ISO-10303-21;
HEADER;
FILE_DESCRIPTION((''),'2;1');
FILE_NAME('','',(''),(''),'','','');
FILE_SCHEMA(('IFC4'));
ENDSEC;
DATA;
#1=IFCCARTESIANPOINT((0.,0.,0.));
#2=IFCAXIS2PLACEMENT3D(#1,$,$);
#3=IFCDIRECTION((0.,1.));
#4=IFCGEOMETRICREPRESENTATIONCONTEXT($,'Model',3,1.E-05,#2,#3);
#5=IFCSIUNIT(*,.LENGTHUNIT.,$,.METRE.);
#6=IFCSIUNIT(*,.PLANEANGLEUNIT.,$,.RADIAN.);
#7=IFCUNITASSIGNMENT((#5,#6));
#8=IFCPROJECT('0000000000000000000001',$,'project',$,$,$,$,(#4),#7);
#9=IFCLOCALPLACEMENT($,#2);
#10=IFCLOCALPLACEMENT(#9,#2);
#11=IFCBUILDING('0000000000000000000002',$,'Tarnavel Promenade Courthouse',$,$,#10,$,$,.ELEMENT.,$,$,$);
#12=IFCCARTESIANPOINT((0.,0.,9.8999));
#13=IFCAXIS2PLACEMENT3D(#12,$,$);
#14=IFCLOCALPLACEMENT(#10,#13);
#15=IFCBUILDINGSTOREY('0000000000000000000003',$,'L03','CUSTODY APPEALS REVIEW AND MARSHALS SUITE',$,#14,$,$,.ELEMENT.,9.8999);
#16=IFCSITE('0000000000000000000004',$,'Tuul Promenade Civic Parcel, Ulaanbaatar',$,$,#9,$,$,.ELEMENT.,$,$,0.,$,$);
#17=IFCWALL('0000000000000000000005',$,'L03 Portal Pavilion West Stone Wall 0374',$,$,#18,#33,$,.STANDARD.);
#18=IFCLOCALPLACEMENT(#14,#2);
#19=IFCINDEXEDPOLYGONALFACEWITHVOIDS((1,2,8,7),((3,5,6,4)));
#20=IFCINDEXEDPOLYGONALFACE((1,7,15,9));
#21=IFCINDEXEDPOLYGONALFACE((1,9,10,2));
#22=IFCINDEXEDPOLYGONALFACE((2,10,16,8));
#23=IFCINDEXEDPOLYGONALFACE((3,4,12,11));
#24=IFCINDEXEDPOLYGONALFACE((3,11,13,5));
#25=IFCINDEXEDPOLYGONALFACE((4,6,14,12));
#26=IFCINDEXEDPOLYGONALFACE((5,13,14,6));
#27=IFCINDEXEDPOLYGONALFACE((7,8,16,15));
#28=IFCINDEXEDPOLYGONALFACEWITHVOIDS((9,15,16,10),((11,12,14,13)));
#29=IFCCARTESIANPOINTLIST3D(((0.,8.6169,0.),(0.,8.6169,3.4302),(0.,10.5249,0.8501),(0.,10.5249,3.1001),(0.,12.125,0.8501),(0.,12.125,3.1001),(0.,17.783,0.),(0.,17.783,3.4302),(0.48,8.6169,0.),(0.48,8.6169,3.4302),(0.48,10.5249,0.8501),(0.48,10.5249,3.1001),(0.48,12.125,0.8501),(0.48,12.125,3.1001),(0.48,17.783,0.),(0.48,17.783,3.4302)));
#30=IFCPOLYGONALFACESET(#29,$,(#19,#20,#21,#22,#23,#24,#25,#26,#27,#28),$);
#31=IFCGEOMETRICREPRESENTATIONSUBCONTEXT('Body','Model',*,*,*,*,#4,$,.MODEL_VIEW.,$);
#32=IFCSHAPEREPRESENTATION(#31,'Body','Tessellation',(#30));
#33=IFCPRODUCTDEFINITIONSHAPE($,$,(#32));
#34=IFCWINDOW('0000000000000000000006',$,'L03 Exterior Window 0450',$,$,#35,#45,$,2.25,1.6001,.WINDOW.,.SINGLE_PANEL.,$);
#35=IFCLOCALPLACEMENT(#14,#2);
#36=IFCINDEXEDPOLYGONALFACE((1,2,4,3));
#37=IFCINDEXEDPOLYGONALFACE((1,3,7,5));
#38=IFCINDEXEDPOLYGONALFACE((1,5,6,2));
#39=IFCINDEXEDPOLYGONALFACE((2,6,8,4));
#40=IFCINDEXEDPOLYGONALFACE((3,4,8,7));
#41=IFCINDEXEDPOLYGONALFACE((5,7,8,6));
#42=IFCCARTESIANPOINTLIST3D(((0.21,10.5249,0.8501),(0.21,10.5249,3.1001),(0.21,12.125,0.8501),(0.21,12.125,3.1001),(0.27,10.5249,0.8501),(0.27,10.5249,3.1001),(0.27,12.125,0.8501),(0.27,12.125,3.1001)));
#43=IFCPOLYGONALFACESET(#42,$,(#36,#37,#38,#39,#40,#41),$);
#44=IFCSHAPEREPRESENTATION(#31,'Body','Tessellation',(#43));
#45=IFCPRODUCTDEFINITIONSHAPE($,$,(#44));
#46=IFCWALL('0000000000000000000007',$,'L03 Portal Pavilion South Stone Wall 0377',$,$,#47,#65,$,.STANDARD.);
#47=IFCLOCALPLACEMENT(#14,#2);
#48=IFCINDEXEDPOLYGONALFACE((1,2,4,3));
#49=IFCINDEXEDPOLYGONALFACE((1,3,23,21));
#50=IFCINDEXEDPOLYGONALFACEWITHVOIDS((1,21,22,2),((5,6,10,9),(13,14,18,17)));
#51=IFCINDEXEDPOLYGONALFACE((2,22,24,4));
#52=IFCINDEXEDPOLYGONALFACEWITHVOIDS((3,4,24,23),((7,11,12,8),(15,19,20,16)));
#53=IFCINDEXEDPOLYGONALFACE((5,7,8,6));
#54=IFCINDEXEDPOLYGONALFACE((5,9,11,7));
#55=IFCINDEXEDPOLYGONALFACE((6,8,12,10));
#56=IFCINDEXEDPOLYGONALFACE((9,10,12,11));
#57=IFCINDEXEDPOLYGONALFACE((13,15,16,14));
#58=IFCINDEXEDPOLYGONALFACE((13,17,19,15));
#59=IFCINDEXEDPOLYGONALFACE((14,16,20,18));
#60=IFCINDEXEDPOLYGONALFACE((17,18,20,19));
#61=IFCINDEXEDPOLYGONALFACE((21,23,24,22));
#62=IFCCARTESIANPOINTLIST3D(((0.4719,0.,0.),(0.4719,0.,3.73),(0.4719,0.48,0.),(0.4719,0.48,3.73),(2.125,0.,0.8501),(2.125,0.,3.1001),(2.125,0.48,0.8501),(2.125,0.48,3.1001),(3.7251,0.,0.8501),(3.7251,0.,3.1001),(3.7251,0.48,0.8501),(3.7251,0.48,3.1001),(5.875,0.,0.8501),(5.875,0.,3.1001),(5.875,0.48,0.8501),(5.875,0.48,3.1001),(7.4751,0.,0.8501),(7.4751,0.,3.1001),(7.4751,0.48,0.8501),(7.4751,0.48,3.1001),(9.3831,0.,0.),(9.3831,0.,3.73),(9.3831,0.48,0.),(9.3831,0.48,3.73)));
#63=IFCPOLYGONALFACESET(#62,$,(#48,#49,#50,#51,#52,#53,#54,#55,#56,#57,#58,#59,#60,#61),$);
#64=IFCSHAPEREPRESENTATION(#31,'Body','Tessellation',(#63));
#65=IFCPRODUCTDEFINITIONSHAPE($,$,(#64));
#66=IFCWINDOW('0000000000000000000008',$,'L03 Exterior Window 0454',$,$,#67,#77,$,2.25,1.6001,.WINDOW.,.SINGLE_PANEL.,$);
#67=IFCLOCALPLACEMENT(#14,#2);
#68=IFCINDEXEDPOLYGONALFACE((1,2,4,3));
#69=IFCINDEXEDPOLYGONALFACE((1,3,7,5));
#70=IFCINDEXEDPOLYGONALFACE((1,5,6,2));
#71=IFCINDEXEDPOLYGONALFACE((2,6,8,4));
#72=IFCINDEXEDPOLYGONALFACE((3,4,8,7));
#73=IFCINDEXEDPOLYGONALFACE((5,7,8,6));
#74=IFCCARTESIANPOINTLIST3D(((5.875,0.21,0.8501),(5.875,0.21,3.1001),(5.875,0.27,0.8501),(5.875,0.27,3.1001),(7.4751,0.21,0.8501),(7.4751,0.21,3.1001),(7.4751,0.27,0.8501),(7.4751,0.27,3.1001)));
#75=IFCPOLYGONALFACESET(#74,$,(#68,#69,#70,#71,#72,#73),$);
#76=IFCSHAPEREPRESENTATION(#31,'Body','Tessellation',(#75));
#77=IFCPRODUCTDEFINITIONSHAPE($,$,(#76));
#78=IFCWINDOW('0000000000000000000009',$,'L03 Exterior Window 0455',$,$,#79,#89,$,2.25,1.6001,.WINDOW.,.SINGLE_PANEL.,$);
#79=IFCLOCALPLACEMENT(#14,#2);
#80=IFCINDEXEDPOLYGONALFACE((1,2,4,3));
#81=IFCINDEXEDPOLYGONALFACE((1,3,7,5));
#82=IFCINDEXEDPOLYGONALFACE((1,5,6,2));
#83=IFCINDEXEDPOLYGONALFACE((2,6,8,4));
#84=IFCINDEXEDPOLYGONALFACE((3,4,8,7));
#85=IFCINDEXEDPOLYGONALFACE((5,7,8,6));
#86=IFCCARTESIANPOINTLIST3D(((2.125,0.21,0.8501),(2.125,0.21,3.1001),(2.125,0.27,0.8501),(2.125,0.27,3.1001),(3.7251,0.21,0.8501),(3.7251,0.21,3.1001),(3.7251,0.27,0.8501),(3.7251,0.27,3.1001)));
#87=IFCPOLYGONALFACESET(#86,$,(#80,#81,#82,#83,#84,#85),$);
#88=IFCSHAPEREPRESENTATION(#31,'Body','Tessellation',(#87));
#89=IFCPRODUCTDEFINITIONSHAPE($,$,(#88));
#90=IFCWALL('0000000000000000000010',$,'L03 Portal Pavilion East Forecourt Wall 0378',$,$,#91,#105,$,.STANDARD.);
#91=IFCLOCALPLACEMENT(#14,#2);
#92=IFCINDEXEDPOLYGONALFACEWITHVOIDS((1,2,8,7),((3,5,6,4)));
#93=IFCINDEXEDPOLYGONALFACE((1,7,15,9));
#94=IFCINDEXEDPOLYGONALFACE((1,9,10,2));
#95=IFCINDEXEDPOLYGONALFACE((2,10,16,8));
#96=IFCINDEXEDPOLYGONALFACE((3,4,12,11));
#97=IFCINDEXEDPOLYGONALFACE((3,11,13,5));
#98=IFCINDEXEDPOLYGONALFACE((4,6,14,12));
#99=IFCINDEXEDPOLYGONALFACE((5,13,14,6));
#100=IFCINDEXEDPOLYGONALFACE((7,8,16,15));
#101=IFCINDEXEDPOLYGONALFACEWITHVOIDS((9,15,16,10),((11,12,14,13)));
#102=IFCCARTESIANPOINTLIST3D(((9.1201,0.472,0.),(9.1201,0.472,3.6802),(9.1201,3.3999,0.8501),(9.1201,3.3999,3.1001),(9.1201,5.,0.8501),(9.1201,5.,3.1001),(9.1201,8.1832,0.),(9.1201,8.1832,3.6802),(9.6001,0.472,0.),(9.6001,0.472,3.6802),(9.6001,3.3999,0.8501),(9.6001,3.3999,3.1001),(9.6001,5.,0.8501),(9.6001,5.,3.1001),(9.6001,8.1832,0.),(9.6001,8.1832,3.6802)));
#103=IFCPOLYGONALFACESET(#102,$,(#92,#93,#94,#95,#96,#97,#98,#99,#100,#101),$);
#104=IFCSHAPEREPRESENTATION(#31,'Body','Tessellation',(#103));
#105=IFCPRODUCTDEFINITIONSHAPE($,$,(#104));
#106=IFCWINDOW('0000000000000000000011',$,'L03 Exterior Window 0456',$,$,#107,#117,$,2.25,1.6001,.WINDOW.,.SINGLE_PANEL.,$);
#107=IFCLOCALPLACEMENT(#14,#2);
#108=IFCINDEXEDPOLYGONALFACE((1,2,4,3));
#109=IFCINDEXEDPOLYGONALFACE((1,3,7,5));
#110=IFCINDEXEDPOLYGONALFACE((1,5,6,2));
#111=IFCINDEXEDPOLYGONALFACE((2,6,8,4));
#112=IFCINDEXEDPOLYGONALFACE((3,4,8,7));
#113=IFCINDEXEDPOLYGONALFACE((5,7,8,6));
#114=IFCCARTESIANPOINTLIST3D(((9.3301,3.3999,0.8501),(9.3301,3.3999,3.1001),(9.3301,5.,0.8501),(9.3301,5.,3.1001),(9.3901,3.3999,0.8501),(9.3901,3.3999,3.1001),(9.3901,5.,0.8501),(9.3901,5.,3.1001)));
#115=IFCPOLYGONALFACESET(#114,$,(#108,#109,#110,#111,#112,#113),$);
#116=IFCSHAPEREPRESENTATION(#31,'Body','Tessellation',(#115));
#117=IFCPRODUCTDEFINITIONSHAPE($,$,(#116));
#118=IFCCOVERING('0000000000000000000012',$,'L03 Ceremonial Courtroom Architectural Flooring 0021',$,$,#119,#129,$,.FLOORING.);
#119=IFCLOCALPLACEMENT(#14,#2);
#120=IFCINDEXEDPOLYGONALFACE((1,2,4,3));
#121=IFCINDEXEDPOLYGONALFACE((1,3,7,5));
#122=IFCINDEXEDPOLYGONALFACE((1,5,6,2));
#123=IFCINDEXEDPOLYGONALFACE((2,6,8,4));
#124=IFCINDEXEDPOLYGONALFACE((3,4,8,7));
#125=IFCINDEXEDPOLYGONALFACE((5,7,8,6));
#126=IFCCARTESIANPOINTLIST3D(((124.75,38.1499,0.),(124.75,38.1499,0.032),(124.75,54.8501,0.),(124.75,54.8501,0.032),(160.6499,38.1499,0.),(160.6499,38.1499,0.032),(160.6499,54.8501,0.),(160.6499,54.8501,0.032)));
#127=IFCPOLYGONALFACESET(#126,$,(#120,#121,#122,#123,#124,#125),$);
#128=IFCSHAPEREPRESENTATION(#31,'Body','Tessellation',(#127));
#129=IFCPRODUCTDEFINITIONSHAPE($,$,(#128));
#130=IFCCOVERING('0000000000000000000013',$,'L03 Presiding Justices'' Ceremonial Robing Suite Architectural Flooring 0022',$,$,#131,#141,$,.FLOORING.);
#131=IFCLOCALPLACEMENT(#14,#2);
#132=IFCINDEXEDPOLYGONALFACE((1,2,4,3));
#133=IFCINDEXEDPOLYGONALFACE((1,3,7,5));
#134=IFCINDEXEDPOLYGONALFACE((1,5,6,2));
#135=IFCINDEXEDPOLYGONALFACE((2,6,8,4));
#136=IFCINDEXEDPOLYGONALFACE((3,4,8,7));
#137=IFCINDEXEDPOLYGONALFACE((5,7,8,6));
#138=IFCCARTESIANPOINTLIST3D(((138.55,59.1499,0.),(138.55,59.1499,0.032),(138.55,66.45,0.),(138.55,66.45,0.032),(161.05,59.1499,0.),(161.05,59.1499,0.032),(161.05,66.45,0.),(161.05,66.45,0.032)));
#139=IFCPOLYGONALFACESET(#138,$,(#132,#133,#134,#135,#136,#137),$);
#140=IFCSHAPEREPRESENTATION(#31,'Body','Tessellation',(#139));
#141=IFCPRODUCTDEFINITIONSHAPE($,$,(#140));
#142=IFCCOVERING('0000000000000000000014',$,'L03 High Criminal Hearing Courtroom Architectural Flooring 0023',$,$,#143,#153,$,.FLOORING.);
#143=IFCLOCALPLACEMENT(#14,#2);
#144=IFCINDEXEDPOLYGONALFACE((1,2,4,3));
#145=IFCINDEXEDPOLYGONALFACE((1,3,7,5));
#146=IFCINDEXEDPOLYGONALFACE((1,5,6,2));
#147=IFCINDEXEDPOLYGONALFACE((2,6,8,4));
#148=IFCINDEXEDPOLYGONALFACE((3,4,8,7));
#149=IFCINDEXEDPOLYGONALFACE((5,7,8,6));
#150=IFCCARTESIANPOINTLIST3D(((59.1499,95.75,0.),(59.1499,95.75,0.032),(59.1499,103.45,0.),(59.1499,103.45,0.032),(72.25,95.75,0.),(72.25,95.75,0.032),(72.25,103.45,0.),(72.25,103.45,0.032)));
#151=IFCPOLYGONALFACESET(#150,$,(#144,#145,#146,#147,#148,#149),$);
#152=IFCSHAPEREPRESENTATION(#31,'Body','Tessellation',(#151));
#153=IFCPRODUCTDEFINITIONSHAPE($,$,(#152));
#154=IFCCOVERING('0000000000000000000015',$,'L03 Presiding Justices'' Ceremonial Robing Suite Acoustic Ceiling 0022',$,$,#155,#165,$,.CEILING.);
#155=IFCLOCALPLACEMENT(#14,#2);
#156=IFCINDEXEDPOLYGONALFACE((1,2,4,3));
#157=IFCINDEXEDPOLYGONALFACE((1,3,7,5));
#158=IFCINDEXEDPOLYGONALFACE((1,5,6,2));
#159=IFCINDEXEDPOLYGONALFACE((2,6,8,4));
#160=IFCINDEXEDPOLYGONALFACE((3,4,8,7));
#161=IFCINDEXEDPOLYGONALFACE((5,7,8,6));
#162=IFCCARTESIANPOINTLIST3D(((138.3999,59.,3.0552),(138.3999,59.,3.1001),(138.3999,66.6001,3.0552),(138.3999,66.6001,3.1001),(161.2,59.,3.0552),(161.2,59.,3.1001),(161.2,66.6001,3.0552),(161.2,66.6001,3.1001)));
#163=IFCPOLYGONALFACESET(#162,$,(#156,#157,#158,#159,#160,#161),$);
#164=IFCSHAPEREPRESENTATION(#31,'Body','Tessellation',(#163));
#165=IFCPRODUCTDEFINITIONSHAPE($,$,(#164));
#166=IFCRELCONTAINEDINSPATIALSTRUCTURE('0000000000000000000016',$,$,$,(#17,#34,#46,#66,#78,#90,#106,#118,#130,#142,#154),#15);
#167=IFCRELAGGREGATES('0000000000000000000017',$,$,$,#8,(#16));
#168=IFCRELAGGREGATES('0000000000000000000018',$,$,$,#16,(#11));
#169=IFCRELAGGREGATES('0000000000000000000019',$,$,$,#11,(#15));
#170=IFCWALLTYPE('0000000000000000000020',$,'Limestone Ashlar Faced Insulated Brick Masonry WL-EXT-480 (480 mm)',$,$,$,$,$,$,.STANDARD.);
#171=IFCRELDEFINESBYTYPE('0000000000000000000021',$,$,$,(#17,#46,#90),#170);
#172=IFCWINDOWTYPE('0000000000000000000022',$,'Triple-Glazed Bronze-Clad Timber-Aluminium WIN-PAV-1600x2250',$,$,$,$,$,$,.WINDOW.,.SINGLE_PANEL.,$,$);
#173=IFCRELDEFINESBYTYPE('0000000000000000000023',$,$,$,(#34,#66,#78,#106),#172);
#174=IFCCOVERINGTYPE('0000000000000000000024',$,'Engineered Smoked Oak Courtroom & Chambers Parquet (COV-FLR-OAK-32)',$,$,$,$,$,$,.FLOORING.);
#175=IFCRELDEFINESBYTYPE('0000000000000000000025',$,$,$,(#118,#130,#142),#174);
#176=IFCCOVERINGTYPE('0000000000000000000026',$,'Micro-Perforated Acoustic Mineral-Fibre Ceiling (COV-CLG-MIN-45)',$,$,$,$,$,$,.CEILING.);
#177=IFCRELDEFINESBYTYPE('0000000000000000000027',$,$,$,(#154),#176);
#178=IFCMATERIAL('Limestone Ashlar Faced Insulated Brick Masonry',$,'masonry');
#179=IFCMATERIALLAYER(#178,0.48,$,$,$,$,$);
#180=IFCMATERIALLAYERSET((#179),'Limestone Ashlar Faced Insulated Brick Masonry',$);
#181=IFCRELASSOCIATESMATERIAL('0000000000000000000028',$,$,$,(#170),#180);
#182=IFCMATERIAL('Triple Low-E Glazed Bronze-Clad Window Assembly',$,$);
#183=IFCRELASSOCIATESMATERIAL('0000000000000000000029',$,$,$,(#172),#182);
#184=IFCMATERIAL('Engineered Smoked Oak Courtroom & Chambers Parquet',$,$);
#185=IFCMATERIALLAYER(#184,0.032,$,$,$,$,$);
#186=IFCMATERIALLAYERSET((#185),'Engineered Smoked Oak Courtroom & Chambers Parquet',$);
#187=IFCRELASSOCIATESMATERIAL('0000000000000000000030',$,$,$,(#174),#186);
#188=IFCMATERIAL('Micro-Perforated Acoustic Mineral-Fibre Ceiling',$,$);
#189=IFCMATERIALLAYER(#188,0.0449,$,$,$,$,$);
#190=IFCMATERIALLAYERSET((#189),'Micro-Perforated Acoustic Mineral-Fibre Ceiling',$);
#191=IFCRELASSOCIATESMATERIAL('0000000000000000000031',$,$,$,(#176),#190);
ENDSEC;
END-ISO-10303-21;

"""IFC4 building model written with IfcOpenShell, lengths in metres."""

from ifc_helpers import new_model, si_unit, direction, frame, frame_2d, origin, place, context, subcontext, project, spatial, polyline, rectangle, outline, extrude, material, layer, layer_set, type_object, element, fill, save


model = new_model("IFC4")

# Units and contexts
model_context = context("Model", 3, precision=1e-05, world=origin(), true_north=direction((0.0, 1.0)))
body_context = subcontext(model_context, "Body", "Model", "MODEL_VIEW")
ifc_project = project(units=[si_unit("LENGTHUNIT", "METRE"), si_unit("PLANEANGLEUNIT", "RADIAN")], contexts=[model_context])

# Site, building, storey
site_placement = place(None, origin())
site = spatial("IfcSite", under=ifc_project, at=site_placement, Name="Tuul Promenade Civic Parcel, Ulaanbaatar", CompositionType="ELEMENT", RefElevation=0.0)
building_placement = place(site_placement, origin())
building = spatial("IfcBuilding", under=site, at=building_placement, Name="Tarnavel Promenade Courthouse", CompositionType="ELEMENT")
storey_placement = place(building_placement, frame((0.0, 0.0, 9.8999)))
storey = spatial("IfcBuildingStorey", under=building, at=storey_placement, Name="L03", Description="CUSTODY APPEALS REVIEW AND MARSHALS SUITE", CompositionType="ELEMENT", Elevation=9.8999)

# Shared definitions
ifc_material_1 = material(Name="Limestone Ashlar Faced Insulated Brick Masonry", Category="masonry")
ifc_layer_1 = layer(ifc_material_1, 0.48)
ifc_layer_set_1 = layer_set([ifc_layer_1], Name="Limestone Ashlar Faced Insulated Brick Masonry")
wall_type = type_object("IfcWallType", Name="Limestone Ashlar Faced Insulated Brick Masonry WL-EXT-480 (480 mm)", PredefinedType="STANDARD", material=ifc_layer_set_1)
ifc_material_2 = material(Name="Triple Low-E Glazed Bronze-Clad Window Assembly")
window_type = type_object("IfcWindowType", Name="Triple-Glazed Bronze-Clad Timber-Aluminium WIN-PAV-1600x2250", PartitioningType="SINGLE_PANEL", PredefinedType="WINDOW", material=ifc_material_2)

# Wall, opening, window
wall_1_placement = place(storey_placement, frame((0.24, 8.6169, 0.0), z_axis=(0.0, 0.0, 1.0), x_axis=(0.0, 1.0, 0.0)))
wall_1 = element("IfcWall", 1, at=wall_1_placement, inside=storey, type_object=wall_type, Name="L03 Portal Pavilion West Stone Wall 0374", PredefinedType="STANDARD", context=body_context, shape_type="SweptSolid", body=[
    extrude(rectangle(XDim=9.166, YDim=0.48, at=frame_2d((4.583, 0.0))), origin(), (0.0, 0.0, 1.0), 3.4302),
])
opening_1_placement = place(wall_1_placement, frame((1.908, 0.0, 0.8501)))
opening_1 = element("IfcOpeningElement", 2, at=opening_1_placement, cuts=wall_1, PredefinedType="OPENING", context=body_context, shape_type="SweptSolid", body=[
    extrude(rectangle(XDim=1.6001, YDim=2.25, at=frame_2d((0.8, 1.125))), frame((0.0, 0.25, 0.0), z_axis=(0.0, -1.0, 0.0), x_axis=(1.0, 0.0, 0.0)), (0.0, 0.0, 1.0), 0.5),
])
window_1_placement = place(opening_1_placement, origin())
window_1 = element("IfcWindow", 3, at=window_1_placement, inside=storey, type_object=window_type, Name="L03 Exterior Window 0450", OverallHeight=2.25, OverallWidth=1.6001, PartitioningType="SINGLE_PANEL", PredefinedType="WINDOW", context=body_context, shape_type="SweptSolid", body=[
    extrude(rectangle(XDim=1.6001, YDim=2.25, at=frame_2d((0.8, 1.125))), frame((0.0, 0.03, 0.0), z_axis=(0.0, -1.0, 0.0), x_axis=(1.0, 0.0, 0.0)), (0.0, 0.0, 1.0), 0.0601),
])
fill(opening_1, window_1)

# Wall, openings, windows
wall_2_placement = place(storey_placement, frame((9.3831, 0.24, 0.0), z_axis=(0.0, 0.0, 1.0), x_axis=(-1.0, 0.0, 0.0)))
wall_2 = element("IfcWall", 4, at=wall_2_placement, inside=storey, type_object=wall_type, Name="L03 Portal Pavilion South Stone Wall 0377", PredefinedType="STANDARD", context=body_context, shape_type="SweptSolid", body=[
    extrude(rectangle(XDim=8.9111, YDim=0.48, at=frame_2d((4.4556, 0.0))), origin(), (0.0, 0.0, 1.0), 3.73),
])
opening_2_placement = place(wall_2_placement, frame((1.908, 0.0, 0.8501)))
opening_2 = element("IfcOpeningElement", 5, at=opening_2_placement, cuts=wall_2, PredefinedType="OPENING", context=body_context, shape_type="SweptSolid", body=[
    extrude(rectangle(XDim=1.6001, YDim=2.25, at=frame_2d((0.8, 1.125))), frame((0.0, 0.25, 0.0), z_axis=(0.0, -1.0, 0.0), x_axis=(1.0, 0.0, 0.0)), (0.0, 0.0, 1.0), 0.5),
])
opening_3_placement = place(wall_2_placement, frame((5.658, 0.0, 0.8501)))
opening_3 = element("IfcOpeningElement", 6, at=opening_3_placement, cuts=wall_2, PredefinedType="OPENING", context=body_context, shape_type="SweptSolid", body=[
    extrude(rectangle(XDim=1.6001, YDim=2.25, at=frame_2d((0.8, 1.125))), frame((0.0, 0.25, 0.0), z_axis=(0.0, -1.0, 0.0), x_axis=(1.0, 0.0, 0.0)), (0.0, 0.0, 1.0), 0.5),
])
window_2_placement = place(opening_2_placement, origin())
window_2 = element("IfcWindow", 7, at=window_2_placement, inside=storey, type_object=window_type, Name="L03 Exterior Window 0454", OverallHeight=2.25, OverallWidth=1.6001, PartitioningType="SINGLE_PANEL", PredefinedType="WINDOW", context=body_context, shape_type="SweptSolid", body=[
    extrude(rectangle(XDim=1.6001, YDim=2.25, at=frame_2d((0.8, 1.125))), frame((0.0, 0.03, 0.0), z_axis=(0.0, -1.0, 0.0), x_axis=(1.0, 0.0, 0.0)), (0.0, 0.0, 1.0), 0.0601),
])
fill(opening_2, window_2)
window_3_placement = place(opening_3_placement, origin())
window_3 = element("IfcWindow", 8, at=window_3_placement, inside=storey, type_object=window_type, Name="L03 Exterior Window 0455", OverallHeight=2.25, OverallWidth=1.6001, PartitioningType="SINGLE_PANEL", PredefinedType="WINDOW", context=body_context, shape_type="SweptSolid", body=[
    extrude(rectangle(XDim=1.6001, YDim=2.25, at=frame_2d((0.8, 1.125))), frame((0.0, 0.03, 0.0), z_axis=(0.0, -1.0, 0.0), x_axis=(1.0, 0.0, 0.0)), (0.0, 0.0, 1.0), 0.0601),
])
fill(opening_3, window_3)

# Wall, opening, window
wall_3_placement = place(storey_placement, frame((9.3601, 8.1831, 0.0), z_axis=(0.0, 0.0, 1.0), x_axis=(0.0, -1.0, 0.0)))
wall_3 = element("IfcWall", 9, at=wall_3_placement, inside=storey, type_object=wall_type, Name="L03 Portal Pavilion East Forecourt Wall 0378", PredefinedType="STANDARD", context=body_context, shape_type="SweptSolid", body=[
    extrude(rectangle(XDim=7.7112, YDim=0.48, at=frame_2d((3.8555, 0.0))), origin(), (0.0, 0.0, 1.0), 3.6802),
])
opening_4_placement = place(wall_3_placement, frame((3.1831, 0.0, 0.8501)))
opening_4 = element("IfcOpeningElement", 10, at=opening_4_placement, cuts=wall_3, PredefinedType="OPENING", context=body_context, shape_type="SweptSolid", body=[
    extrude(rectangle(XDim=1.6001, YDim=2.25, at=frame_2d((0.8, 1.125))), frame((0.0, 0.25, 0.0), z_axis=(0.0, -1.0, 0.0), x_axis=(1.0, 0.0, 0.0)), (0.0, 0.0, 1.0), 0.5),
])
window_4_placement = place(opening_4_placement, origin())
window_4 = element("IfcWindow", 11, at=window_4_placement, inside=storey, type_object=window_type, Name="L03 Exterior Window 0456", OverallHeight=2.25, OverallWidth=1.6001, PartitioningType="SINGLE_PANEL", PredefinedType="WINDOW", context=body_context, shape_type="SweptSolid", body=[
    extrude(rectangle(XDim=1.6001, YDim=2.25, at=frame_2d((0.8, 1.125))), frame((0.0, 0.03, 0.0), z_axis=(0.0, -1.0, 0.0), x_axis=(1.0, 0.0, 0.0)), (0.0, 0.0, 1.0), 0.0601),
])
fill(opening_4, window_4)

# Coverings
ifc_material_3 = material(Name="Engineered Smoked Oak Courtroom & Chambers Parquet")
ifc_layer_2 = layer(ifc_material_3, 0.032)
ifc_layer_set_2 = layer_set([ifc_layer_2], Name="Engineered Smoked Oak Courtroom & Chambers Parquet")
covering_type_1 = type_object("IfcCoveringType", Name="Engineered Smoked Oak Courtroom & Chambers Parquet (COV-FLR-OAK-32)", PredefinedType="FLOORING", material=ifc_layer_set_2)
covering_1_placement = place(storey_placement, origin())
element("IfcCovering", 12, at=covering_1_placement, inside=storey, type_object=covering_type_1, Name="L03 Ceremonial Courtroom Architectural Flooring 0021", PredefinedType="FLOORING", context=body_context, shape_type="SweptSolid", body=[
    extrude(outline(polyline([(124.75, 38.1499), (160.6499, 38.1499), (160.6499, 54.8501), (124.75, 54.8501), (124.75, 38.1499)])), origin(), (0.0, 0.0, 1.0), 0.032),
])
covering_2_placement = place(storey_placement, origin())
element("IfcCovering", 13, at=covering_2_placement, inside=storey, type_object=covering_type_1, Name="L03 Presiding Justices' Ceremonial Robing Suite Architectural Flooring 0022", PredefinedType="FLOORING", context=body_context, shape_type="SweptSolid", body=[
    extrude(outline(polyline([(138.55, 59.1499), (161.05, 59.1499), (161.05, 66.45), (138.55, 66.45), (138.55, 59.1499)])), origin(), (0.0, 0.0, 1.0), 0.032),
])
covering_3_placement = place(storey_placement, origin())
element("IfcCovering", 14, at=covering_3_placement, inside=storey, type_object=covering_type_1, Name="L03 High Criminal Hearing Courtroom Architectural Flooring 0023", PredefinedType="FLOORING", context=body_context, shape_type="SweptSolid", body=[
    extrude(outline(polyline([(59.1499, 95.75), (72.25, 95.75), (72.25, 103.45), (59.1499, 103.45), (59.1499, 95.75)])), origin(), (0.0, 0.0, 1.0), 0.032),
])
ifc_material_4 = material(Name="Micro-Perforated Acoustic Mineral-Fibre Ceiling")
ifc_layer_3 = layer(ifc_material_4, 0.0449)
ifc_layer_set_3 = layer_set([ifc_layer_3], Name="Micro-Perforated Acoustic Mineral-Fibre Ceiling")
covering_type_2 = type_object("IfcCoveringType", Name="Micro-Perforated Acoustic Mineral-Fibre Ceiling (COV-CLG-MIN-45)", PredefinedType="CEILING", material=ifc_layer_set_3)
covering_4_placement = place(storey_placement, frame((0.0, 0.0, 3.0552)))
element("IfcCovering", 15, at=covering_4_placement, inside=storey, type_object=covering_type_2, Name="L03 Presiding Justices' Ceremonial Robing Suite Acoustic Ceiling 0022", PredefinedType="CEILING", context=body_context, shape_type="SweptSolid", body=[
    extrude(outline(polyline([(138.3999, 59.0), (161.2, 59.0), (161.2, 66.6001), (138.3999, 66.6001), (138.3999, 59.0)])), origin(), (0.0, 0.0, 1.0), 0.0449),
])

save(model, "model.ifc")
